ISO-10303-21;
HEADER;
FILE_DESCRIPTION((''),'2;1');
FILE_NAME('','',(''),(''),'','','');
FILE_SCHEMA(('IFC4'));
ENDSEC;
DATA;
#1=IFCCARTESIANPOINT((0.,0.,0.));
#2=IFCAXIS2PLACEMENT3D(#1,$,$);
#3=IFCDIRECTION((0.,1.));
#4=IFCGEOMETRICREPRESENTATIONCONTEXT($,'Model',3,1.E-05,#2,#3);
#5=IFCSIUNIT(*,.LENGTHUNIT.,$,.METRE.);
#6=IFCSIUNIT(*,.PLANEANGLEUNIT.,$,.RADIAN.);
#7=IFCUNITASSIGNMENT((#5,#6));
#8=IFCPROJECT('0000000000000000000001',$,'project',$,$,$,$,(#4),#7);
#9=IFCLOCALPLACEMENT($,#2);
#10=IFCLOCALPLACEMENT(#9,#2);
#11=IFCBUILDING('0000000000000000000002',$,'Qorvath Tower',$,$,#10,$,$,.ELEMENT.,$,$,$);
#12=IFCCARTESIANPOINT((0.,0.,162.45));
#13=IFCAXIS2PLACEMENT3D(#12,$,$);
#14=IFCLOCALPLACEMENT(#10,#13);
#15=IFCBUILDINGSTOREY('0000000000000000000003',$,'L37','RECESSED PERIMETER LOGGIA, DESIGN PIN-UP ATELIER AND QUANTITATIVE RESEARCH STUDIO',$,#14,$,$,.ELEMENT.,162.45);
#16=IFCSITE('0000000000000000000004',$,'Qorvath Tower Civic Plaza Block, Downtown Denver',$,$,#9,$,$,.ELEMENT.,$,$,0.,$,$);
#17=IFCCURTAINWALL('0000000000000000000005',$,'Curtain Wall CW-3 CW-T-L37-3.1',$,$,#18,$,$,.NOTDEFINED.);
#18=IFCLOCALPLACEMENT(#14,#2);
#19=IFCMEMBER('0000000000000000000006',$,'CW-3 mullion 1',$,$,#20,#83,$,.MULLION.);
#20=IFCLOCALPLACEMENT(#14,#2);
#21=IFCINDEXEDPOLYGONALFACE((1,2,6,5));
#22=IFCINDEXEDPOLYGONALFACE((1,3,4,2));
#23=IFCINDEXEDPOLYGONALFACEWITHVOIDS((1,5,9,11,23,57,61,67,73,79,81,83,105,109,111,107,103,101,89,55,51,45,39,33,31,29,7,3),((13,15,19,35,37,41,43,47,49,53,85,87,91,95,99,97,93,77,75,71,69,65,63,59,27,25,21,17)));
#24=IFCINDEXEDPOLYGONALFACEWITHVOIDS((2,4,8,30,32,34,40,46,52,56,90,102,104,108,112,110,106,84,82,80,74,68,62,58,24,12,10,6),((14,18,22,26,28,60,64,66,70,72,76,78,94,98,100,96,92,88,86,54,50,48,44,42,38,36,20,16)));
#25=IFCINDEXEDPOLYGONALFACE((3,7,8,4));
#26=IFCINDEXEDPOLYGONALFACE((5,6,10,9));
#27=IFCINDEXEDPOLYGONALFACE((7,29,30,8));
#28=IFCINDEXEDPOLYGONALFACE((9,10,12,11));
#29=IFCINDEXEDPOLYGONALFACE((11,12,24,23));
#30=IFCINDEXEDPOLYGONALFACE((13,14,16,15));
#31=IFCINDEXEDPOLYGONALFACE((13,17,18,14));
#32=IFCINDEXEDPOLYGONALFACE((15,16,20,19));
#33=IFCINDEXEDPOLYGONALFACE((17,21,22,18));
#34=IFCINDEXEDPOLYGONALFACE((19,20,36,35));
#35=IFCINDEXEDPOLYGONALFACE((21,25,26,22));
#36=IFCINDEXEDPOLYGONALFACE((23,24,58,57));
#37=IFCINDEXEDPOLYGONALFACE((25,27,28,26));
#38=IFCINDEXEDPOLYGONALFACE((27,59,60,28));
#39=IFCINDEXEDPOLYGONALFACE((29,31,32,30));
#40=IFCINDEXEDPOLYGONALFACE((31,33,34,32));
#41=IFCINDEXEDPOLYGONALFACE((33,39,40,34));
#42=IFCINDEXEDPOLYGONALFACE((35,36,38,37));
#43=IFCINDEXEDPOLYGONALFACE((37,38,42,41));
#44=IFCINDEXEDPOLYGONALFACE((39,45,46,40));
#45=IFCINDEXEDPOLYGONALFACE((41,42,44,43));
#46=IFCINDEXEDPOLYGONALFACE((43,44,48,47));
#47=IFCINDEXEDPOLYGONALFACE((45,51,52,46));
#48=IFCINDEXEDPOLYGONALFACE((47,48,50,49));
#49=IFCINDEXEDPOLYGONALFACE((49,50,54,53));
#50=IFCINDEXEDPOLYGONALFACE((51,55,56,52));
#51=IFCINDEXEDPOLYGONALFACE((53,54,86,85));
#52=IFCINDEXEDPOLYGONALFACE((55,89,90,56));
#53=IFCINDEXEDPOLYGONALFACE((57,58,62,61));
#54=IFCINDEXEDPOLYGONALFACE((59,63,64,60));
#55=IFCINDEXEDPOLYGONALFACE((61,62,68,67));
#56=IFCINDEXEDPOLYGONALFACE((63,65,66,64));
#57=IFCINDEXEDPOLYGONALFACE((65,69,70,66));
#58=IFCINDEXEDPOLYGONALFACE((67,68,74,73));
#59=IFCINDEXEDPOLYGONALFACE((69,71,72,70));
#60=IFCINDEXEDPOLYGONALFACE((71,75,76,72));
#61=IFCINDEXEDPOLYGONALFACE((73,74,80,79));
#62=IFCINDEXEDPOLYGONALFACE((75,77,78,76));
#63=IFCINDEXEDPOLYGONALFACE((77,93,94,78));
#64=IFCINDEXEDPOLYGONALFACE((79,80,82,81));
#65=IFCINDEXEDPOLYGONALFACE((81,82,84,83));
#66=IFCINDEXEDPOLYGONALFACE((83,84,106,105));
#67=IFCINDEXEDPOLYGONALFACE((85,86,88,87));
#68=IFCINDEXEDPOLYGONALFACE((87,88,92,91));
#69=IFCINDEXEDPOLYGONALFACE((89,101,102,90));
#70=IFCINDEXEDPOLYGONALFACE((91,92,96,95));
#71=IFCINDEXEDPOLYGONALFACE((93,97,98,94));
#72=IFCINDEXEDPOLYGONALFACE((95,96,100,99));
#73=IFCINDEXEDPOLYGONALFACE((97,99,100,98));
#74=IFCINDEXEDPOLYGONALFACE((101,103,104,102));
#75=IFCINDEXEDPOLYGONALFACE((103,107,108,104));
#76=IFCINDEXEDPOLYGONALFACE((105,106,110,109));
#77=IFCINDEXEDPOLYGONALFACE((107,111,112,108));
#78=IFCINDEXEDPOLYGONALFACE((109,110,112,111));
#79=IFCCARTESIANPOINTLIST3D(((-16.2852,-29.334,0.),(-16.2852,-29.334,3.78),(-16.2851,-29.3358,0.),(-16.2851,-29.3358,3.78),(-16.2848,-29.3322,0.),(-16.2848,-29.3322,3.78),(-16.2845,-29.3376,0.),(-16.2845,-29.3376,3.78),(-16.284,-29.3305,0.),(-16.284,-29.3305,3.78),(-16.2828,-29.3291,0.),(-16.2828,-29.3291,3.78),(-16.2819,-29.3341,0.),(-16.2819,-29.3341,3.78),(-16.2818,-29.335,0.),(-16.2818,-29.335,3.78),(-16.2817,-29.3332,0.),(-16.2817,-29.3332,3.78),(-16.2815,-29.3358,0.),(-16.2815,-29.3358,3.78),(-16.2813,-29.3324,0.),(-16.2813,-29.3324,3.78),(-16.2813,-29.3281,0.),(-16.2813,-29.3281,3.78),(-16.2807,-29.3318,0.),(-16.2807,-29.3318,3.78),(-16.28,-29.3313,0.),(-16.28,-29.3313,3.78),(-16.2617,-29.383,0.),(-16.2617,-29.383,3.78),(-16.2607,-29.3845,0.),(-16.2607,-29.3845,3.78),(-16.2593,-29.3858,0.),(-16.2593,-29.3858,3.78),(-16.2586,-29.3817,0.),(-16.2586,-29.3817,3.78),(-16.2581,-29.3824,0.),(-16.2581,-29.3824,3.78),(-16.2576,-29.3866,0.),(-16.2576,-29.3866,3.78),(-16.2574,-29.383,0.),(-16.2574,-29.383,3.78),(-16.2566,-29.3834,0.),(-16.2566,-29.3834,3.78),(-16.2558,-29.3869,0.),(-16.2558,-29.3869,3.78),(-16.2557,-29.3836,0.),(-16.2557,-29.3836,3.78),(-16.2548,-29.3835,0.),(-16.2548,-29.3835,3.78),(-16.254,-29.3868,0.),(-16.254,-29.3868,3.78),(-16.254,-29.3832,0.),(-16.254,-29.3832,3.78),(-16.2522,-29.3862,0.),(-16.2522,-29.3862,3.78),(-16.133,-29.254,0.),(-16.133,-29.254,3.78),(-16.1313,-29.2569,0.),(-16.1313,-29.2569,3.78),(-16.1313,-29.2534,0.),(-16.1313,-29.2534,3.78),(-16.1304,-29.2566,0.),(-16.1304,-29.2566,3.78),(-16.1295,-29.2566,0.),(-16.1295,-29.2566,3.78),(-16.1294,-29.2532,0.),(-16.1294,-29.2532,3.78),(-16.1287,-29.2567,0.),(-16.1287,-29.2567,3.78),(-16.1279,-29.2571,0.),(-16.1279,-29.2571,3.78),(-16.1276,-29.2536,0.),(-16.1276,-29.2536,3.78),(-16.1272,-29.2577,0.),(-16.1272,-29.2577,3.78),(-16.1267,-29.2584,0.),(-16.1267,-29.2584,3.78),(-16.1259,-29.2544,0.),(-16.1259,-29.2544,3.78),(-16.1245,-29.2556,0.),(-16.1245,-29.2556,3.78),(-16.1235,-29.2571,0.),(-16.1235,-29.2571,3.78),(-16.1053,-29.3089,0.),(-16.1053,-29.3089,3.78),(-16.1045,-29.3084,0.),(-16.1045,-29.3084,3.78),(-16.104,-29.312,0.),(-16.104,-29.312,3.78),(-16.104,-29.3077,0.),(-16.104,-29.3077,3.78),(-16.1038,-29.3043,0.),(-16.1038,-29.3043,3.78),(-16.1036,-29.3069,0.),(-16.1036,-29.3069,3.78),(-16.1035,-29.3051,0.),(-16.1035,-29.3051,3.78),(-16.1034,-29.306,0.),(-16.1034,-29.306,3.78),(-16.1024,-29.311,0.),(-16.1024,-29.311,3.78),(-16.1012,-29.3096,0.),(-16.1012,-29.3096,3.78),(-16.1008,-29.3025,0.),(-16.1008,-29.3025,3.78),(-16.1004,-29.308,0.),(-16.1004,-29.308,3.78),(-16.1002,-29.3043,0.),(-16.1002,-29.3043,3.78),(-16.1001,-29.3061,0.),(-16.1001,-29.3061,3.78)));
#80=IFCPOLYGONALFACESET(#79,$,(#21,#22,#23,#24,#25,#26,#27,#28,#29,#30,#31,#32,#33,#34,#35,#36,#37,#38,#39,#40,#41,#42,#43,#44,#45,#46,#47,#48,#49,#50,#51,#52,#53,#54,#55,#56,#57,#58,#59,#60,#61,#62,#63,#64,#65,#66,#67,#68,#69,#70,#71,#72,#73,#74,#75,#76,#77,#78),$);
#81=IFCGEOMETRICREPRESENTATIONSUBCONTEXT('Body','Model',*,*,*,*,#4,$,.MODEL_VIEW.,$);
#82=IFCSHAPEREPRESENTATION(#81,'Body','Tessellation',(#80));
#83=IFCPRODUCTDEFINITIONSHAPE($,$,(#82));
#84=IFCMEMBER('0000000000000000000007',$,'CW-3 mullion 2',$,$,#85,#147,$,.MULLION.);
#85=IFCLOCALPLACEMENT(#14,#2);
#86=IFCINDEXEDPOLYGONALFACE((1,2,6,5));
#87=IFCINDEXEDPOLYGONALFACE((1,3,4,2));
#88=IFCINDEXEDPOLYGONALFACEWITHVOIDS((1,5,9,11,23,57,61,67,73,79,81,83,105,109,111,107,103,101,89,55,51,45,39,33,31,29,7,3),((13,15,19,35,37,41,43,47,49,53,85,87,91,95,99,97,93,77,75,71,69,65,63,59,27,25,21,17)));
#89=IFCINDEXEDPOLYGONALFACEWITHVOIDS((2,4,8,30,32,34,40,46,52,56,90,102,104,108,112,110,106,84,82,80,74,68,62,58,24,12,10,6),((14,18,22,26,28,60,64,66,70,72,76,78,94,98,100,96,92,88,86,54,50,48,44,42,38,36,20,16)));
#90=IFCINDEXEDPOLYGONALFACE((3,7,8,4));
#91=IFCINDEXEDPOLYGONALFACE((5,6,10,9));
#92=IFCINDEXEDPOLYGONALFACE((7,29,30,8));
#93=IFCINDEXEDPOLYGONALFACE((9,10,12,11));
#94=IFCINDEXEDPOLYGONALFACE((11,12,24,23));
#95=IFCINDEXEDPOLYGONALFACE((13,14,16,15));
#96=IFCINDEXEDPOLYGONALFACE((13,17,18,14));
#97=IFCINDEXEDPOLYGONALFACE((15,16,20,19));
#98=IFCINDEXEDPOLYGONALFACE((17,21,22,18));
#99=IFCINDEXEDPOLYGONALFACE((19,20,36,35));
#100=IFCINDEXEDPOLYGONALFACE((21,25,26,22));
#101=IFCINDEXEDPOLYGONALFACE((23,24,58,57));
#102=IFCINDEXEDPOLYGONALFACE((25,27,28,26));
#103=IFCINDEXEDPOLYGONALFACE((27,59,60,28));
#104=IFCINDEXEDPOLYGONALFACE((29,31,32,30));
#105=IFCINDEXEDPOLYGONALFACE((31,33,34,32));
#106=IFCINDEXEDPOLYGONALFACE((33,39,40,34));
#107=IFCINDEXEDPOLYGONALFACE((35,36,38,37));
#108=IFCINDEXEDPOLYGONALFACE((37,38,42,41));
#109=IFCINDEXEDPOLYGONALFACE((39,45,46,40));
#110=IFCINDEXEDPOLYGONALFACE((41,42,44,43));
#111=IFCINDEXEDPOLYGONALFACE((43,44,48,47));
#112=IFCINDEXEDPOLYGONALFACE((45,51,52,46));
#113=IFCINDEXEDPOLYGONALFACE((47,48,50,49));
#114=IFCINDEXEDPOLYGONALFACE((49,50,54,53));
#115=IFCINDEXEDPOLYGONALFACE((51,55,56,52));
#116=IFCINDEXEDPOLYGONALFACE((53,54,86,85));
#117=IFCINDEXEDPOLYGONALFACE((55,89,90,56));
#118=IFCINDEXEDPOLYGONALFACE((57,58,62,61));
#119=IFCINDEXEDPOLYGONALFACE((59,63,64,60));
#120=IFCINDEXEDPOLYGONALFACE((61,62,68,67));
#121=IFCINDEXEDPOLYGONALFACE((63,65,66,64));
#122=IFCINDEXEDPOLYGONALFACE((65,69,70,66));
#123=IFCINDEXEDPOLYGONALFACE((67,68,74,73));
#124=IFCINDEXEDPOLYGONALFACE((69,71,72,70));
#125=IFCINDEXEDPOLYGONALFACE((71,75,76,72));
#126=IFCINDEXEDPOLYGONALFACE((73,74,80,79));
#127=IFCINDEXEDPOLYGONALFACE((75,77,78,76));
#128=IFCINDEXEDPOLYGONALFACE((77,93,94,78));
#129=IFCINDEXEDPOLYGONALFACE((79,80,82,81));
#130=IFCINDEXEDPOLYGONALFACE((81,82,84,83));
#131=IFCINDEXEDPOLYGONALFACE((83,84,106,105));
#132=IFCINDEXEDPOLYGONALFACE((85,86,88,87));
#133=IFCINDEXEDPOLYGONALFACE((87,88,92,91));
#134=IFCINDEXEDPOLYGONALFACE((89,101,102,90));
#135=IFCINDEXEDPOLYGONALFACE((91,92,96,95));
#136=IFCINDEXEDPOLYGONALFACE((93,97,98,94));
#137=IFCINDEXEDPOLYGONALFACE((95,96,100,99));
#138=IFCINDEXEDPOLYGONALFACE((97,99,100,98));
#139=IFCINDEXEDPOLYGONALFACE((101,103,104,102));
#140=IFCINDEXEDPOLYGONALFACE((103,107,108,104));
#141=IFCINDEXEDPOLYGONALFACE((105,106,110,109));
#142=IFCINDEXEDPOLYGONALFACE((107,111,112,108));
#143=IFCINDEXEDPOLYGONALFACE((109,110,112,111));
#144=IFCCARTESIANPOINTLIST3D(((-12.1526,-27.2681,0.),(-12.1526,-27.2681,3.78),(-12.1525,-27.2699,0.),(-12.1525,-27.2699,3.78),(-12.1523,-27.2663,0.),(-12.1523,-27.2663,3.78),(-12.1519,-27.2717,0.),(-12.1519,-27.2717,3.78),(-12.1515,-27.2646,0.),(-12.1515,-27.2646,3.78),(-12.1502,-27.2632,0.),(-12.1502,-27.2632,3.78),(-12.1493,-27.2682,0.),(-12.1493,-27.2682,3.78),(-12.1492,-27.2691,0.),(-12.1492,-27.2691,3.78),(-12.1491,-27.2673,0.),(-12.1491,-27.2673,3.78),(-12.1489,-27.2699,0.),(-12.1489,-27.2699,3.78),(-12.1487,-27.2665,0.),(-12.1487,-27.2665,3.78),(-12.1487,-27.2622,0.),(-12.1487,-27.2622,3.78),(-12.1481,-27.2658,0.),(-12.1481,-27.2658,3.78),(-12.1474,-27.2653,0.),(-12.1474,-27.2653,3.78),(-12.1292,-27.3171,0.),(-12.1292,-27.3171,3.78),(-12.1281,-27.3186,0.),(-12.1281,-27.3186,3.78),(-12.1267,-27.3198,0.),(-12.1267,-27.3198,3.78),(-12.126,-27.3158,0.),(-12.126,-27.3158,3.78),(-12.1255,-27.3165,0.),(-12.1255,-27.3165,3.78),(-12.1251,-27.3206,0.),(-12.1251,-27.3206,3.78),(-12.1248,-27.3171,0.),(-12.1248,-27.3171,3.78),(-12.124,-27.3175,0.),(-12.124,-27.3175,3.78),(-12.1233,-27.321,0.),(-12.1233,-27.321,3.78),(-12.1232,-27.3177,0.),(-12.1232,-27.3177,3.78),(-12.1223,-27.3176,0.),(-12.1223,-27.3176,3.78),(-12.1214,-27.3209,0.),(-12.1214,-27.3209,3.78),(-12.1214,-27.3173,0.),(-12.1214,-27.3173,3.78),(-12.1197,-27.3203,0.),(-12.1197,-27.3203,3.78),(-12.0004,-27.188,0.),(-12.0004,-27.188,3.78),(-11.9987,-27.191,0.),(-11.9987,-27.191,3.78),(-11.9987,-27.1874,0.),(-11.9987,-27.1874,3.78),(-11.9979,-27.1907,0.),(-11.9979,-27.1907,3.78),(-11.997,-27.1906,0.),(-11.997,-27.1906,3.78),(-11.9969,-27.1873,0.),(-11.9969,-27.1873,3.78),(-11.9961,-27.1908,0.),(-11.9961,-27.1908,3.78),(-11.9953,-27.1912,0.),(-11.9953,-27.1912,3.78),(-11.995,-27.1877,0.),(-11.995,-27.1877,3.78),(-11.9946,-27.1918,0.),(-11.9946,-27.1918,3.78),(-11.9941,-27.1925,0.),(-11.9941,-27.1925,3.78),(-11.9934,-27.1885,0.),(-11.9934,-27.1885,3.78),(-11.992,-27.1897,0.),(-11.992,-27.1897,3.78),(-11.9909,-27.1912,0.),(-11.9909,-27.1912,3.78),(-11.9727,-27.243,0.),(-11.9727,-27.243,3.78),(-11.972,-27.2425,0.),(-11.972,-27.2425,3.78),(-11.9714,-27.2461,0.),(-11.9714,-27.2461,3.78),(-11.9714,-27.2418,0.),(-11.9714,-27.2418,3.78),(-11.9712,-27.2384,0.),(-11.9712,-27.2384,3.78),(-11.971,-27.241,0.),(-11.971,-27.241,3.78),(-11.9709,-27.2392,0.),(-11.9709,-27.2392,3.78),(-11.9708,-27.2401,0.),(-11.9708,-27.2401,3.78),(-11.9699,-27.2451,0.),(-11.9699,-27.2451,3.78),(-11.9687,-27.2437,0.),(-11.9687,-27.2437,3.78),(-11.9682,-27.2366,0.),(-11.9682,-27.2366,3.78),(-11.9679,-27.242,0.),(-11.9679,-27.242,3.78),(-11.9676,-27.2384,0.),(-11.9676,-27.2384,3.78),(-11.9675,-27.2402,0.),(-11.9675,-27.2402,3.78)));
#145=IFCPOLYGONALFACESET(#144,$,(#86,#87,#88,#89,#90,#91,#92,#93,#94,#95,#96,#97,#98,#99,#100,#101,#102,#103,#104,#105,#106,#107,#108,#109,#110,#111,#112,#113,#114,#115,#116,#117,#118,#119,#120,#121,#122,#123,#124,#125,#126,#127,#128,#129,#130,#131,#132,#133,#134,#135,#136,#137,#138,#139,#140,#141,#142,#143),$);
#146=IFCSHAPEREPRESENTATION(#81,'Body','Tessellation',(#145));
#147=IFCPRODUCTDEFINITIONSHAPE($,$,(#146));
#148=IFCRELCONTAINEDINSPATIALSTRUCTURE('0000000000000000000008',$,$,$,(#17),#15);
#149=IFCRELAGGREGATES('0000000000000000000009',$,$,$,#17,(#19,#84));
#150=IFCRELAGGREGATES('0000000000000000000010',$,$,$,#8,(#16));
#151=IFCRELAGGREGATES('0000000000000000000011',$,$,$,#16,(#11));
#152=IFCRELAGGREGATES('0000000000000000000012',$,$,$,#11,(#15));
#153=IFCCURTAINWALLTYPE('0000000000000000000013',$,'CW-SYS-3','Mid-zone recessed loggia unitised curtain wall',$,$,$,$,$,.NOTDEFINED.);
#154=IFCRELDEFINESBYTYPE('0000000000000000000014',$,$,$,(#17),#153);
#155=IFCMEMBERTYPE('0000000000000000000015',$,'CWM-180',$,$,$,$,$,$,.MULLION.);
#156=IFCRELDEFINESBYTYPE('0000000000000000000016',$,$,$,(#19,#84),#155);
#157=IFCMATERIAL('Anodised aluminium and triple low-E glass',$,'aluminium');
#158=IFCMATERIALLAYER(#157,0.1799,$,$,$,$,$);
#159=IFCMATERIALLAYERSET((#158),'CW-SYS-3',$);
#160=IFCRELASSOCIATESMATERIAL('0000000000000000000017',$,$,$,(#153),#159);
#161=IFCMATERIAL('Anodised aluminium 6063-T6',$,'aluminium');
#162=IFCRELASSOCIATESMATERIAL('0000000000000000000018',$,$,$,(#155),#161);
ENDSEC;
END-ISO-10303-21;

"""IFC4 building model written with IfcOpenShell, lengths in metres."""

from ifc_helpers import new_model, si_unit, direction, frame, origin, origin_2d, place, context, subcontext, project, spatial, hollow_rectangle, extrude, material, layer, layer_set, material_profile, profile_set, type_object, element, aggregate, save


model = new_model("IFC4")

# Units and contexts
model_context = context("Model", 3, precision=1e-05, world=origin(), true_north=direction((0.0, 1.0)))
body_context = subcontext(model_context, "Body", "Model", "MODEL_VIEW")
ifc_project = project(units=[si_unit("LENGTHUNIT", "METRE"), si_unit("PLANEANGLEUNIT", "RADIAN")], contexts=[model_context])

# Site, building, storey
site_placement = place(None, origin())
site = spatial("IfcSite", under=ifc_project, at=site_placement, Name="Qorvath Tower Civic Plaza Block, Downtown Denver", CompositionType="ELEMENT", RefElevation=0.0)
building_placement = place(site_placement, origin())
building = spatial("IfcBuilding", under=site, at=building_placement, Name="Qorvath Tower", CompositionType="ELEMENT")
storey_placement = place(building_placement, frame((0.0, 0.0, 162.45)))
storey = spatial("IfcBuildingStorey", under=building, at=storey_placement, Name="L37", Description="RECESSED PERIMETER LOGGIA, DESIGN PIN-UP ATELIER AND QUANTITATIVE RESEARCH STUDIO", CompositionType="ELEMENT", Elevation=162.45)

# Shared definitions
ifc_material_1 = material(Name="Anodised aluminium and triple low-E glass", Category="aluminium")
ifc_layer_1 = layer(ifc_material_1, 0.1799)
ifc_layer_set_1 = layer_set([ifc_layer_1], Name="CW-SYS-3")
curtain_wall_type = type_object("IfcCurtainWallType", Name="CW-SYS-3", Description="Mid-zone recessed loggia unitised curtain wall", PredefinedType="NOTDEFINED", material=ifc_layer_set_1)
ifc_material_2 = material(Name="Anodised aluminium 6063-T6", Category="aluminium")
ifc_material_profile_1 = material_profile(ifc_material_2, hollow_rectangle(XDim=0.0649, YDim=0.1799, WallThickness=0.0034, InnerFilletRadius=0.0034, OuterFilletRadius=0.0071, at=origin_2d()), Name="CWM 180x65")
ifc_profile_set_1 = profile_set([ifc_material_profile_1], Name="Anodised aluminium 6063-T6")
member_type_1 = type_object("IfcMemberType", Name="CWM-180", PredefinedType="MULLION", material=ifc_profile_set_1)

# Curtain wall, members
curtain_wall_1_placement = place(storey_placement, origin())
curtain_wall_1 = element("IfcCurtainWall", 1, at=curtain_wall_1_placement, inside=storey, type_object=curtain_wall_type, Name="Curtain Wall CW-3 CW-T-L37-3.1", PredefinedType="NOTDEFINED")
member_1_placement = place(storey_placement, frame((-16.1926, -29.3201, 0.0), z_axis=(0.0, 0.0, 1.0), x_axis=(-0.447188, 0.89444, 0.0)))
member_1 = element("IfcMember", 2, at=member_1_placement, type_object=member_type_1, Name="CW-3 mullion 1", PredefinedType="MULLION", context=body_context, shape_type="SweptSolid", body=[
    extrude(hollow_rectangle(XDim=0.0649, YDim=0.1799, WallThickness=0.0034, InnerFilletRadius=0.0034, OuterFilletRadius=0.0071, at=origin_2d()), origin(), (0.0, 0.0, 1.0), 3.78),
])
member_2_placement = place(storey_placement, frame((-12.0601, -27.2542, 0.0), z_axis=(0.0, 0.0, 1.0), x_axis=(-0.447188, 0.89444, 0.0)))
member_2 = element("IfcMember", 3, at=member_2_placement, type_object=member_type_1, Name="CW-3 mullion 2", PredefinedType="MULLION", context=body_context, shape_type="SweptSolid", body=[
    extrude(hollow_rectangle(XDim=0.0649, YDim=0.1799, WallThickness=0.0034, InnerFilletRadius=0.0034, OuterFilletRadius=0.0071, at=origin_2d()), origin(), (0.0, 0.0, 1.0), 3.78),
])

aggregate(curtain_wall_1, [member_1, member_2])

save(model, "model.ifc")
